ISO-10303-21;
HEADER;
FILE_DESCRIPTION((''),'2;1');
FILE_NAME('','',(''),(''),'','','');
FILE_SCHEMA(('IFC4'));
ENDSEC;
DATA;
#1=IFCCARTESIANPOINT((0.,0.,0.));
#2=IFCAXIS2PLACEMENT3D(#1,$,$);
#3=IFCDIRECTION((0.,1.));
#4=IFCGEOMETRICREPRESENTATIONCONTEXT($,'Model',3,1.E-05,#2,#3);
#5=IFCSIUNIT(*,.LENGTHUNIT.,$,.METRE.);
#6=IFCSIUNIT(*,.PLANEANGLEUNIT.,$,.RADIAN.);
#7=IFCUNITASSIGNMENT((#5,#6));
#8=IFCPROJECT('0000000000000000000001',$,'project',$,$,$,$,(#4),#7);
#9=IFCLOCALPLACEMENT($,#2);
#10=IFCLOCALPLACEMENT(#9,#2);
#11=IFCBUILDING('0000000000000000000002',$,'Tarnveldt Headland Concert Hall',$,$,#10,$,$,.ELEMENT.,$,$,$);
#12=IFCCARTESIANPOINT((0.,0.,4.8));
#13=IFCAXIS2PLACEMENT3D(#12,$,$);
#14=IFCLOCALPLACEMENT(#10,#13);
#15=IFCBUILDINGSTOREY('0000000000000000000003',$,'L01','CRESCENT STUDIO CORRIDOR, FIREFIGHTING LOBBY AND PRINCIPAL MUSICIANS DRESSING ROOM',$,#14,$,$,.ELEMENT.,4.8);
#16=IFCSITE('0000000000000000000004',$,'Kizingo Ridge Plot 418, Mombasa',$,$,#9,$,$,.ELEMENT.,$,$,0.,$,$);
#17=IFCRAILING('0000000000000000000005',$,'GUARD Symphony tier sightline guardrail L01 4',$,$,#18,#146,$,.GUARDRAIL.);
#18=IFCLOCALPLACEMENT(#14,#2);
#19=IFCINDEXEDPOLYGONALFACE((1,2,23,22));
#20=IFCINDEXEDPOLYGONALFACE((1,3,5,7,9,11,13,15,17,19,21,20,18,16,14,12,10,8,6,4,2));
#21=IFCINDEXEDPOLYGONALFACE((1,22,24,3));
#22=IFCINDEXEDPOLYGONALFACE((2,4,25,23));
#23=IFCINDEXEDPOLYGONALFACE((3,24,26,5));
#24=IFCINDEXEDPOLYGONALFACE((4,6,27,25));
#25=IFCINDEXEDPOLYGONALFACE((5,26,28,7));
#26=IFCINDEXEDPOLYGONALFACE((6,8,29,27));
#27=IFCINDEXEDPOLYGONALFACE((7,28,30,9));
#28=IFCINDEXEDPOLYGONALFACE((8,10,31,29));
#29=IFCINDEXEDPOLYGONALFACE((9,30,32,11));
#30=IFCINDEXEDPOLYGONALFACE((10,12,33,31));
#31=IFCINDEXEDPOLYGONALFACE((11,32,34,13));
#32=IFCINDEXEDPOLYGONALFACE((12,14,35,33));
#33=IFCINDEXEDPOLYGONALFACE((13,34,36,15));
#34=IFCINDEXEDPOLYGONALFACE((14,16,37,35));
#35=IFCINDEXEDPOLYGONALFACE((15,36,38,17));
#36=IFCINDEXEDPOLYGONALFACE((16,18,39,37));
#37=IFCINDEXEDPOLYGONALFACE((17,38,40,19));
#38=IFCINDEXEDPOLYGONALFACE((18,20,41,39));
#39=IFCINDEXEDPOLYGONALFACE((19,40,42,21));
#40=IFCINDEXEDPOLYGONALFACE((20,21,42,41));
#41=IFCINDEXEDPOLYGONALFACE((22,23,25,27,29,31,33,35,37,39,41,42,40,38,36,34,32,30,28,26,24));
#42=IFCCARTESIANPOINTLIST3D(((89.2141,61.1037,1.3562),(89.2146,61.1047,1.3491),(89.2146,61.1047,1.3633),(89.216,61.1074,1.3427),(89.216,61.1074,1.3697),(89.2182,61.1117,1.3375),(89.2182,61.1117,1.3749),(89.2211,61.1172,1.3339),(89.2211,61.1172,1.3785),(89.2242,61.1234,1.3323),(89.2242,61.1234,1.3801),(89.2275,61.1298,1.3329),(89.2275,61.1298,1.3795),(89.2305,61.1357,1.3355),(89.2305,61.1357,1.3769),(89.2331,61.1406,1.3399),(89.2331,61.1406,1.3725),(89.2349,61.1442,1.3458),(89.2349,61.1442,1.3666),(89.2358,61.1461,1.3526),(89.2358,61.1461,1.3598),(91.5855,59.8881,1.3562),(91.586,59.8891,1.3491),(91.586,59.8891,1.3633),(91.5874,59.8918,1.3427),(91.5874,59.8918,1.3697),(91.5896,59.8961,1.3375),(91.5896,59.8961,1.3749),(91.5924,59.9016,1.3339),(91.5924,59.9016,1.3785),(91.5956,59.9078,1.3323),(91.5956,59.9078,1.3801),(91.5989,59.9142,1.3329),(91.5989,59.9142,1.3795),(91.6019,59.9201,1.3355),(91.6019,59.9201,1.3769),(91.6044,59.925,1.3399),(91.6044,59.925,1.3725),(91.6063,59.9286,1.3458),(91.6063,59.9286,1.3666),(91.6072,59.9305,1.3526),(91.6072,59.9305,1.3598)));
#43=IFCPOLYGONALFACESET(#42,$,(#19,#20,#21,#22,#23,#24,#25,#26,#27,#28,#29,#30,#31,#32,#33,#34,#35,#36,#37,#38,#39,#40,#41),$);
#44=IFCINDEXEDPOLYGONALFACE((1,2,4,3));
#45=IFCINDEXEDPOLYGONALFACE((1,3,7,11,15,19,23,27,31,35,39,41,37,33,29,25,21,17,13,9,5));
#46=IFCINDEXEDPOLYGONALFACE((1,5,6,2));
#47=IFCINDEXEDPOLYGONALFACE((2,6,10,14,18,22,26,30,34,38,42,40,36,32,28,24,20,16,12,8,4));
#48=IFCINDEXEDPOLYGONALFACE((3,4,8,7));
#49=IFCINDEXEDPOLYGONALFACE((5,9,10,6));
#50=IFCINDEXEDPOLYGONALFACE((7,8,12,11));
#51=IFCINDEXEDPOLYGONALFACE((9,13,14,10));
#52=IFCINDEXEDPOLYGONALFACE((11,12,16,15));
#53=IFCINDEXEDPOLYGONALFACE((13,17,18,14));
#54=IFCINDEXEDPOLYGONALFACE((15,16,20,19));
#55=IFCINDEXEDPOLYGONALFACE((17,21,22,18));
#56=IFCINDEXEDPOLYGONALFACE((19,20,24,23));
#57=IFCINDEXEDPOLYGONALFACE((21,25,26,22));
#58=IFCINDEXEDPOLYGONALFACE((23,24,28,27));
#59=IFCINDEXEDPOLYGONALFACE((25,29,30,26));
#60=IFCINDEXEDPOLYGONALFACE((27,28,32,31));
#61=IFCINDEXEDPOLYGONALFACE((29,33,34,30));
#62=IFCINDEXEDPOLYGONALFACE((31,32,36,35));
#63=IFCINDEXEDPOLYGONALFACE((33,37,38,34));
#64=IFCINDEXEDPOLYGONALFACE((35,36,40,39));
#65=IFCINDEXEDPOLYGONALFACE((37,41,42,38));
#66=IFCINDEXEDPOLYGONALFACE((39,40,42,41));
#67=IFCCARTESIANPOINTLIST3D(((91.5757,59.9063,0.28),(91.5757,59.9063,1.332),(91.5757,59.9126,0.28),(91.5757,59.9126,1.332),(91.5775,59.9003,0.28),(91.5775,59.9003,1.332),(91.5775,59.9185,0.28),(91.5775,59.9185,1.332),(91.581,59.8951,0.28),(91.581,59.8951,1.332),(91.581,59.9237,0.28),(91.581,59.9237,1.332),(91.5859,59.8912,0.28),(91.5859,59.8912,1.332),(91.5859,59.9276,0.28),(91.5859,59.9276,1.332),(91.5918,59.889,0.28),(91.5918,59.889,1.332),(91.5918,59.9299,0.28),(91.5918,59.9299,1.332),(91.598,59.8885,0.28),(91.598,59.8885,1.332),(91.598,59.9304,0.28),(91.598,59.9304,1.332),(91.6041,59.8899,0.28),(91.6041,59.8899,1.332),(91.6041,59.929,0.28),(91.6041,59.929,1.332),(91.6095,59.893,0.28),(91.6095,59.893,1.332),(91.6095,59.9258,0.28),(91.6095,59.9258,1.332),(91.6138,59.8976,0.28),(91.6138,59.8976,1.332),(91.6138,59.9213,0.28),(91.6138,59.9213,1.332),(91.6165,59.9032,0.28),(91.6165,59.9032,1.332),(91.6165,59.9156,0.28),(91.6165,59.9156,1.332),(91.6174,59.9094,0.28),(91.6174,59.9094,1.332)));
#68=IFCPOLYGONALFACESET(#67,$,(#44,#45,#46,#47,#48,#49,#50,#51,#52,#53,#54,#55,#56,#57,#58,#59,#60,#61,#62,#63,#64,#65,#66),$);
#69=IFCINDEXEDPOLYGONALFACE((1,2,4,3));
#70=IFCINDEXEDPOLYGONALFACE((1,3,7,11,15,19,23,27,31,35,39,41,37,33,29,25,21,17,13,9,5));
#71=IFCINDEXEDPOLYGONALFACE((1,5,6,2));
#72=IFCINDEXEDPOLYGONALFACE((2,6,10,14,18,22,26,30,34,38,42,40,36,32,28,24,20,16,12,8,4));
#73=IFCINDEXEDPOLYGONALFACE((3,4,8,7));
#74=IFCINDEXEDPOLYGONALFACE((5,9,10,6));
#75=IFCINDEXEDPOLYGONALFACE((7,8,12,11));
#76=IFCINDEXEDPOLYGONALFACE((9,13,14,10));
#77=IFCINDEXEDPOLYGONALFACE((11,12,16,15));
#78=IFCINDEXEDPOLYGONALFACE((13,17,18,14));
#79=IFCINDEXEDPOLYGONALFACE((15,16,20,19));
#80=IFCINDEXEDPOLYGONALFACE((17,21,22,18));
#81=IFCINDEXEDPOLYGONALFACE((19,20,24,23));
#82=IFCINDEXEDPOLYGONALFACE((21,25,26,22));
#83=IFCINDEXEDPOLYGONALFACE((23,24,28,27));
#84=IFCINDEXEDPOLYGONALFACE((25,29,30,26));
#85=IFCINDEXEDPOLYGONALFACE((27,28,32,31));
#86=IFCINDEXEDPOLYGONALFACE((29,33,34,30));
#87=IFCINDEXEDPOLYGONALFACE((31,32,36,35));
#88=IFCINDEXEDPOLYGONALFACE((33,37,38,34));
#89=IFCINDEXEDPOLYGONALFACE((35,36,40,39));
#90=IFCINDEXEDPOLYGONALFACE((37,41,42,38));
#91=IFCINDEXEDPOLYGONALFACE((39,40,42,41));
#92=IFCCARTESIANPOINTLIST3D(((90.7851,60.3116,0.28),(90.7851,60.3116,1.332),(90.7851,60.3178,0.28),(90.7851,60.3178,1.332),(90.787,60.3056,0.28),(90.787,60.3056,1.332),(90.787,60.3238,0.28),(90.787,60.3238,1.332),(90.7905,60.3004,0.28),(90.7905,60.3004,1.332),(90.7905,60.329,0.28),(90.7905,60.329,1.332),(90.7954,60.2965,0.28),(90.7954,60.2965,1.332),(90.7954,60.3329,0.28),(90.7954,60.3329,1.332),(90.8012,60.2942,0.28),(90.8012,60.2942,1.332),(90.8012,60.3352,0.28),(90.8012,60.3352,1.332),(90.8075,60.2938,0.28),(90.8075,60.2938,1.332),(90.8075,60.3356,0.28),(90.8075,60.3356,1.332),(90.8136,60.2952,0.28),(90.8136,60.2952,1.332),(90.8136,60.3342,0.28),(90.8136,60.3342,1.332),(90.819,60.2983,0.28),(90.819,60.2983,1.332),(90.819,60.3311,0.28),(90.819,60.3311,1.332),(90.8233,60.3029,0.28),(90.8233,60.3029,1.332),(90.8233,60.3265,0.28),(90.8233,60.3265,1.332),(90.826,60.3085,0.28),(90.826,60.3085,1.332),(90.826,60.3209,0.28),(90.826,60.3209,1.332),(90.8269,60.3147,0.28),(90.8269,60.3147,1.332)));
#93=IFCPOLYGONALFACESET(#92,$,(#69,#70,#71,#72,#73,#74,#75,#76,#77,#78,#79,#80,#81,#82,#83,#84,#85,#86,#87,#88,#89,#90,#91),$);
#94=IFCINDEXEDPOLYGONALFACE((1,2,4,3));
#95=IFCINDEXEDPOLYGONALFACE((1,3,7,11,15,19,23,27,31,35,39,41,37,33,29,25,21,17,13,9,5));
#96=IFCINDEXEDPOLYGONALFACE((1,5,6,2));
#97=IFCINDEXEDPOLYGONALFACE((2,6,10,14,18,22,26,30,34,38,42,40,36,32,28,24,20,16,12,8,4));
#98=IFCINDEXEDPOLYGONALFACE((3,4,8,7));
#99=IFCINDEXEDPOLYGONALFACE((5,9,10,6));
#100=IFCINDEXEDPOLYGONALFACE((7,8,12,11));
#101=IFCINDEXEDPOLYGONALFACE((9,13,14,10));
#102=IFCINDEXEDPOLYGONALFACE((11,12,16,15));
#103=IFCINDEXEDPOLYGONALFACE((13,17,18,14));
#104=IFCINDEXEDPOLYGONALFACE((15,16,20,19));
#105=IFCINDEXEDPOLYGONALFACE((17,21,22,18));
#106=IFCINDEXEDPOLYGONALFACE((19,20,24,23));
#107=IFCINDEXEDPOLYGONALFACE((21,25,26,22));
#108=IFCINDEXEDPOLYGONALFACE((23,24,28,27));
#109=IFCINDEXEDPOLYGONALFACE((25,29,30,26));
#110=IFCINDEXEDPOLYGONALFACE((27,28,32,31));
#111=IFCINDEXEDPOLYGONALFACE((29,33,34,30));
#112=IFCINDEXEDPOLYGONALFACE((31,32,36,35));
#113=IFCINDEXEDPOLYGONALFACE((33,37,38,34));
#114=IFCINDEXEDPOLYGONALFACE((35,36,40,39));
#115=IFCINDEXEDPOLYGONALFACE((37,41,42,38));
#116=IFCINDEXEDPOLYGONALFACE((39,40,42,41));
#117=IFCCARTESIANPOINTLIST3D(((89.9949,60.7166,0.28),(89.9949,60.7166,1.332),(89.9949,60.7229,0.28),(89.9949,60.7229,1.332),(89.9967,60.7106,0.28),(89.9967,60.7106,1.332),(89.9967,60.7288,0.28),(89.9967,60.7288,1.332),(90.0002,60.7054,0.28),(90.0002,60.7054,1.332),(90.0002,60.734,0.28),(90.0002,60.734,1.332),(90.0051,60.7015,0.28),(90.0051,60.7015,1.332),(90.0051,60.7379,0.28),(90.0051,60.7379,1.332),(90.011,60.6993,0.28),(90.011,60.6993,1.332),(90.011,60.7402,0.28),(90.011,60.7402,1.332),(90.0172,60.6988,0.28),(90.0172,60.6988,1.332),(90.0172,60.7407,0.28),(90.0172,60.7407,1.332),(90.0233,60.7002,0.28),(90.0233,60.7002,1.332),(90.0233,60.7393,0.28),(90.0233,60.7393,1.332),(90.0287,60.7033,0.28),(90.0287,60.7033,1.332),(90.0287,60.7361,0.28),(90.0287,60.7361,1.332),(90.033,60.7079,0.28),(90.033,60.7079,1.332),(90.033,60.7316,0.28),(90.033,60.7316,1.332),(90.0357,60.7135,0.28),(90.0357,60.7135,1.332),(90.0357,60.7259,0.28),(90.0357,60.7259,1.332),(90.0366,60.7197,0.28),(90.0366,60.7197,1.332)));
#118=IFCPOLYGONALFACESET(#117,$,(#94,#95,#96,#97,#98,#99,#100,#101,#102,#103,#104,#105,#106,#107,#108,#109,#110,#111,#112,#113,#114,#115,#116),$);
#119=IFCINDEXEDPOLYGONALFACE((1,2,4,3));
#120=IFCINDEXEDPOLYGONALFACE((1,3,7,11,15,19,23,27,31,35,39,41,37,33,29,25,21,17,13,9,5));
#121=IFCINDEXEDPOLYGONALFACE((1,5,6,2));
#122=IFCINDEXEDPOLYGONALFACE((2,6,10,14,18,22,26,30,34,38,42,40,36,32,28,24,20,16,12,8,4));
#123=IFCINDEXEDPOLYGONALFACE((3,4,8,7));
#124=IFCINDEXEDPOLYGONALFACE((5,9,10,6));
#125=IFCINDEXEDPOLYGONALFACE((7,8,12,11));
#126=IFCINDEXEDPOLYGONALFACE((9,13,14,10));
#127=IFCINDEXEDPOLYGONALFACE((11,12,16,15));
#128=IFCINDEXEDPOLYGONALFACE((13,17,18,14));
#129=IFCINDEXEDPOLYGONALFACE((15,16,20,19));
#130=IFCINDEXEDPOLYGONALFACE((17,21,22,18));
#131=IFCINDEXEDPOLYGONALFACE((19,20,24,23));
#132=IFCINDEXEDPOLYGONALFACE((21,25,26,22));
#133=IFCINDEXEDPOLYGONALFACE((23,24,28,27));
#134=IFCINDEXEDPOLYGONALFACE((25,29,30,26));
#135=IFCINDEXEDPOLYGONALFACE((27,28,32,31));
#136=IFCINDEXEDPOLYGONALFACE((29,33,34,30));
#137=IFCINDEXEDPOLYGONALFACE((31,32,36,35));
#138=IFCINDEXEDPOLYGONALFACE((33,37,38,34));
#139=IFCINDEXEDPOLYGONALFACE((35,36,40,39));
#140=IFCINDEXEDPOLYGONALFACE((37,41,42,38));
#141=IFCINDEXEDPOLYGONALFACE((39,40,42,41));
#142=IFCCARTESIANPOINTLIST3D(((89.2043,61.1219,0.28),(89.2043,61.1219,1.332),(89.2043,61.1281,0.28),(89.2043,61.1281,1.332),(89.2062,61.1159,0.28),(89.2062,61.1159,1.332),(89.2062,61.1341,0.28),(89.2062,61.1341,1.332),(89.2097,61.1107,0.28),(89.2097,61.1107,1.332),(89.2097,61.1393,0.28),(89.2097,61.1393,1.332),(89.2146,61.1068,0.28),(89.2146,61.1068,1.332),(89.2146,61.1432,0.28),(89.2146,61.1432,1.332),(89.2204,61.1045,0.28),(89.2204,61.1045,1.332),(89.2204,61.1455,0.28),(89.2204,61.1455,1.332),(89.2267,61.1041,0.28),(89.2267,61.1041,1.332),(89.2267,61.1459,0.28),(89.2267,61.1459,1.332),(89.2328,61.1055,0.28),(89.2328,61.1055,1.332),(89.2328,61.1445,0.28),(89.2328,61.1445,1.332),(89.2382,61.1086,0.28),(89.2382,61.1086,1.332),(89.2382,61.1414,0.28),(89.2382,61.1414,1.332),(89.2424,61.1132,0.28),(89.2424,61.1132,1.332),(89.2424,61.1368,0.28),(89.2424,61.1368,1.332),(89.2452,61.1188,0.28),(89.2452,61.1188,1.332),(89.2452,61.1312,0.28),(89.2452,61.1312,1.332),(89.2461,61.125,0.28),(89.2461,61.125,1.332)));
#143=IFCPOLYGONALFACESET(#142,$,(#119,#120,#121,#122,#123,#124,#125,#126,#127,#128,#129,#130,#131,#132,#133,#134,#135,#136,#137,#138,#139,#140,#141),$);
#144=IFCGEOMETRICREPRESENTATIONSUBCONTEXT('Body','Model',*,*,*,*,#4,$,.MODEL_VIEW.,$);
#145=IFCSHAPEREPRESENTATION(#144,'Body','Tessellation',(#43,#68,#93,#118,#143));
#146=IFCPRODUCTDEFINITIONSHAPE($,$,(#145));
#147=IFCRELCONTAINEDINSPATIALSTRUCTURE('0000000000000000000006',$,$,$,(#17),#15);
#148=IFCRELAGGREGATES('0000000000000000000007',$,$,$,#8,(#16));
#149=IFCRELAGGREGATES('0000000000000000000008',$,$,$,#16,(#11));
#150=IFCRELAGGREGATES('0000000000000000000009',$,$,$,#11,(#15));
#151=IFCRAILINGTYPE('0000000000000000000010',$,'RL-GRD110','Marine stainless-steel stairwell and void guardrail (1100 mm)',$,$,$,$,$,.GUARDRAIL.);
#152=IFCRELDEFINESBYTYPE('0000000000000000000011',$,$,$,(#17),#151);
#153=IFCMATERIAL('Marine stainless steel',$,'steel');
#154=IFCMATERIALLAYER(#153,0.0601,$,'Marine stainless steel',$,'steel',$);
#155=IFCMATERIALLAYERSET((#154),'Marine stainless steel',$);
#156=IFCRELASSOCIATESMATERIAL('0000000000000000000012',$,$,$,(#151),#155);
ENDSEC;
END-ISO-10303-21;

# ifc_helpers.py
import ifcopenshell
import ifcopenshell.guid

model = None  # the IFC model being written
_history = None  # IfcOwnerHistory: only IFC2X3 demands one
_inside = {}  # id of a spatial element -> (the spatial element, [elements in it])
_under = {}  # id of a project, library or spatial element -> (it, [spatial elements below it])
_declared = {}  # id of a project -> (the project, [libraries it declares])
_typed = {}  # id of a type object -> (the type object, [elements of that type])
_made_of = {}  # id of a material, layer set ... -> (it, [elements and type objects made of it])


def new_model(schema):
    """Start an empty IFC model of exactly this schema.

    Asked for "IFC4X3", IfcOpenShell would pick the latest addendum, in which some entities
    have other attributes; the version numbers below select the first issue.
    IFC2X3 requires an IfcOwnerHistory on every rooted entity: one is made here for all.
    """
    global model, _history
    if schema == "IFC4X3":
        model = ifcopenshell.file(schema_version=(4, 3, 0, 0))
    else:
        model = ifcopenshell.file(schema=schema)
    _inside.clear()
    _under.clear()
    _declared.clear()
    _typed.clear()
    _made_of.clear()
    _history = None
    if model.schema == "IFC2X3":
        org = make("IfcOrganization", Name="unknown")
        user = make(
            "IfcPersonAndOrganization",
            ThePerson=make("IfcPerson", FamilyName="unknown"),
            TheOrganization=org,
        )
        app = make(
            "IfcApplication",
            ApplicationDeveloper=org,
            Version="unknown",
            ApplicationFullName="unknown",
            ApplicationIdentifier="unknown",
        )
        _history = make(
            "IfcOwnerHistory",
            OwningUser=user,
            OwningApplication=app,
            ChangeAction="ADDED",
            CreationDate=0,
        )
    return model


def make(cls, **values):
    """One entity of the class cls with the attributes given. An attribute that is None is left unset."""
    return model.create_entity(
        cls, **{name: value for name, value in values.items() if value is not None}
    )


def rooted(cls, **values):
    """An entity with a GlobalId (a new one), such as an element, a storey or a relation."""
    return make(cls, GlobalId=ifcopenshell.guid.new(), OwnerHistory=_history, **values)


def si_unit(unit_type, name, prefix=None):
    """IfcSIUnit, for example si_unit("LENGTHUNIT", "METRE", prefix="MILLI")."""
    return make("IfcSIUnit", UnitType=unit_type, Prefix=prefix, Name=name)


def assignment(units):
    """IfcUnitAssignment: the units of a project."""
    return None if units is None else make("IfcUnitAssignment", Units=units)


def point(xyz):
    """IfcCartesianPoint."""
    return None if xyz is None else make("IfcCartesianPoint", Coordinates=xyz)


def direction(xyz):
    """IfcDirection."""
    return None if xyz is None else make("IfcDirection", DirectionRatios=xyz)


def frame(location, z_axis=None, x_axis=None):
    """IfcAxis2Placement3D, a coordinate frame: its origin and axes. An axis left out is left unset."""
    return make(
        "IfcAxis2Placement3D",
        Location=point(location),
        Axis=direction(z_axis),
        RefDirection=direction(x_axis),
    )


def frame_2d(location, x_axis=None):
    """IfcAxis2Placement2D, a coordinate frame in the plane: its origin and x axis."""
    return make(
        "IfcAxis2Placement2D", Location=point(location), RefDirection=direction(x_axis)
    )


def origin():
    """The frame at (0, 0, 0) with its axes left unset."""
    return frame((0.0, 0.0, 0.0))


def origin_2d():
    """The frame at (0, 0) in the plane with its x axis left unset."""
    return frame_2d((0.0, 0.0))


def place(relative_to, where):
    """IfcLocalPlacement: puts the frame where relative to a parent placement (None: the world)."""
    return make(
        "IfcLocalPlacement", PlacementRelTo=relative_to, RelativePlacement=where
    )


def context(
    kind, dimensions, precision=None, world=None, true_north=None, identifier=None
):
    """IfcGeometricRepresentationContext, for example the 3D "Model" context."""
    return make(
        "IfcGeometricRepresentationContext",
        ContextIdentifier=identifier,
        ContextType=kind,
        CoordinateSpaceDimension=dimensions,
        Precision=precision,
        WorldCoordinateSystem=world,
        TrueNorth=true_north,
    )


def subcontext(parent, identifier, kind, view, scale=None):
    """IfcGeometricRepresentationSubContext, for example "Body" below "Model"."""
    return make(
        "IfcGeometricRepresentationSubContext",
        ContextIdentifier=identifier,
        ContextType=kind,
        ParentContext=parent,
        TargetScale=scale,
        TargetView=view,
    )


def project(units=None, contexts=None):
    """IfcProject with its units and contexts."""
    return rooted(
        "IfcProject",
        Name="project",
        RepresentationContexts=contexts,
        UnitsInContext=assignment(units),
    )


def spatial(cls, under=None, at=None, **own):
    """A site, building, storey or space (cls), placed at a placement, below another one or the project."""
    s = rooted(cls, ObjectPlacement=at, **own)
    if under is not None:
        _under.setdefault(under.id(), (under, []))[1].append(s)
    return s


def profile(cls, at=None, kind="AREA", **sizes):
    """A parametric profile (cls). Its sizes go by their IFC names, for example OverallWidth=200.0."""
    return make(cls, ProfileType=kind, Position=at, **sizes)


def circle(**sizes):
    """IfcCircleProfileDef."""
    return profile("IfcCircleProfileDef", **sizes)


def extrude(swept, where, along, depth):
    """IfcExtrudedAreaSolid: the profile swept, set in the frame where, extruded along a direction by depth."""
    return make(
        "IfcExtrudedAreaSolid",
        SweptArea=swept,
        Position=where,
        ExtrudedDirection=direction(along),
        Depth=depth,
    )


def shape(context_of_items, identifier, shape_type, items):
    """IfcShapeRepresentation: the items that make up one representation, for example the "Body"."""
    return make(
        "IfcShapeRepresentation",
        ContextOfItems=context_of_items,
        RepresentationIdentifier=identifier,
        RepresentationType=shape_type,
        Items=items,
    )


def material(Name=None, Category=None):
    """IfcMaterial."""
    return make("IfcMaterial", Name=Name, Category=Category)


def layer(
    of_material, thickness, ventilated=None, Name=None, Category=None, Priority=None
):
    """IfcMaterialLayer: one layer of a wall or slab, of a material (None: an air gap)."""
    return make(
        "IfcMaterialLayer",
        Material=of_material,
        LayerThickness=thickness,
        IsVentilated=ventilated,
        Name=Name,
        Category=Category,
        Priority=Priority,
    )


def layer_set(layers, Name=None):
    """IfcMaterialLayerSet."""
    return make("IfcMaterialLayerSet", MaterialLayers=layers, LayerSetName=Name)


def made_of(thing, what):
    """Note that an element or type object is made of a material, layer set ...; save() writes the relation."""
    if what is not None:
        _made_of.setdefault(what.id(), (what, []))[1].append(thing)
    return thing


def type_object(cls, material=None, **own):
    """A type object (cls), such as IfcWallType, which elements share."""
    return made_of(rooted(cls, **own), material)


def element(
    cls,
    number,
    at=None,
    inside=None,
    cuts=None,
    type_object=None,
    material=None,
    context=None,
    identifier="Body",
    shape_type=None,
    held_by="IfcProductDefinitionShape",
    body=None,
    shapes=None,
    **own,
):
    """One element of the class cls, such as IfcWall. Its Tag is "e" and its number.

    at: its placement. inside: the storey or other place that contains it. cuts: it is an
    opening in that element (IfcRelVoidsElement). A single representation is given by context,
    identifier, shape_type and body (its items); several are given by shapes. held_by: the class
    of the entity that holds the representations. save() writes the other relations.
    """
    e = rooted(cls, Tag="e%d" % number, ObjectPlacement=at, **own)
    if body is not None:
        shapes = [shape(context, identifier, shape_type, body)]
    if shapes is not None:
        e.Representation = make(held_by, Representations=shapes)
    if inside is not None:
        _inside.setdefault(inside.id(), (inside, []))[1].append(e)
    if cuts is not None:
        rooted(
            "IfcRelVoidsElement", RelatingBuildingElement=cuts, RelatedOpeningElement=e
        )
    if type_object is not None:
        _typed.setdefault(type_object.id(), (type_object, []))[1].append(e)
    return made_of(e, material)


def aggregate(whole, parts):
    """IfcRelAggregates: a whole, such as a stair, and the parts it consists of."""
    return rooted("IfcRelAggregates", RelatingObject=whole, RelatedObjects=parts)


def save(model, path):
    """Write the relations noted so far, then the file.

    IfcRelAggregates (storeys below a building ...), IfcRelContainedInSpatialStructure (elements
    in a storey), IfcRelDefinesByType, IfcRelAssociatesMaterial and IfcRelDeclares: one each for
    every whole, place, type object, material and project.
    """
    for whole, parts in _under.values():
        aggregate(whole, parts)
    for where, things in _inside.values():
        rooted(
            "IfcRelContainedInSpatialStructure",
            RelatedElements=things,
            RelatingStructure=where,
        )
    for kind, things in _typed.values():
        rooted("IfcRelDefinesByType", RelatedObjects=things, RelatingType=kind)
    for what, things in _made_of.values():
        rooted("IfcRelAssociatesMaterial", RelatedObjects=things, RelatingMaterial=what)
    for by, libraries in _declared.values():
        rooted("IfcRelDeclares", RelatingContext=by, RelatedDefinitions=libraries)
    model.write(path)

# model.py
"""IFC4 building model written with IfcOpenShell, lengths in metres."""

from ifc_helpers import new_model, si_unit, direction, frame, origin, origin_2d, place, context, subcontext, project, spatial, circle, extrude, material, layer, layer_set, type_object, element, save


model = new_model("IFC4")

# Units and contexts
model_context = context("Model", 3, precision=1e-05, world=origin(), true_north=direction((0.0, 1.0)))
body_context = subcontext(model_context, "Body", "Model", "MODEL_VIEW")
ifc_project = project(units=[si_unit("LENGTHUNIT", "METRE"), si_unit("PLANEANGLEUNIT", "RADIAN")], contexts=[model_context])

# Site, building, storey
site_placement = place(None, origin())
site = spatial("IfcSite", under=ifc_project, at=site_placement, Name="Kizingo Ridge Plot 418, Mombasa", CompositionType="ELEMENT", RefElevation=0.0)
building_placement = place(site_placement, origin())
building = spatial("IfcBuilding", under=site, at=building_placement, Name="Tarnveldt Headland Concert Hall", CompositionType="ELEMENT")
storey_placement = place(building_placement, frame((0.0, 0.0, 4.8)))
storey = spatial("IfcBuildingStorey", under=building, at=storey_placement, Name="L01", Description="CRESCENT STUDIO CORRIDOR, FIREFIGHTING LOBBY AND PRINCIPAL MUSICIANS DRESSING ROOM", CompositionType="ELEMENT", Elevation=4.8)

# Railing
ifc_material_1 = material(Name="Marine stainless steel", Category="steel")
ifc_layer_1 = layer(ifc_material_1, 0.0601, Name="Marine stainless steel", Category="steel")
ifc_layer_set_1 = layer_set([ifc_layer_1], Name="Marine stainless steel")
railing_type = type_object("IfcRailingType", Name="RL-GRD110", Description="Marine stainless-steel stairwell and void guardrail (1100 mm)", PredefinedType="GUARDRAIL", material=ifc_layer_set_1)
railing_1_placement = place(storey_placement, frame((91.5964, 59.9094, 0.28)))
element("IfcRailing", 1, at=railing_1_placement, inside=storey, type_object=railing_type, Name="GUARD Symphony tier sightline guardrail L01 4", PredefinedType="GUARDRAIL", context=body_context, shape_type="SweptSolid", body=[
    extrude(circle(Radius=0.0239, at=origin_2d()), frame((0.0, 0.0, 1.0762), z_axis=(-0.889893, 0.45617, 0.0), x_axis=(-0.45617, -0.889893, 0.0)), (0.0, 0.0, 1.0), 2.6648),
    extrude(circle(Radius=0.021, at=origin_2d()), origin(), (0.0, 0.0, 1.0), 1.052),
    extrude(circle(Radius=0.021, at=origin_2d()), frame((-0.7905, 0.4053, 0.0)), (0.0, 0.0, 1.0), 1.052),
    extrude(circle(Radius=0.021, at=origin_2d()), frame((-1.5808, 0.8103, 0.0)), (0.0, 0.0, 1.0), 1.052),
    extrude(circle(Radius=0.021, at=origin_2d()), frame((-2.3713, 1.2156, 0.0)), (0.0, 0.0, 1.0), 1.052),
])

save(model, "model.ifc")
